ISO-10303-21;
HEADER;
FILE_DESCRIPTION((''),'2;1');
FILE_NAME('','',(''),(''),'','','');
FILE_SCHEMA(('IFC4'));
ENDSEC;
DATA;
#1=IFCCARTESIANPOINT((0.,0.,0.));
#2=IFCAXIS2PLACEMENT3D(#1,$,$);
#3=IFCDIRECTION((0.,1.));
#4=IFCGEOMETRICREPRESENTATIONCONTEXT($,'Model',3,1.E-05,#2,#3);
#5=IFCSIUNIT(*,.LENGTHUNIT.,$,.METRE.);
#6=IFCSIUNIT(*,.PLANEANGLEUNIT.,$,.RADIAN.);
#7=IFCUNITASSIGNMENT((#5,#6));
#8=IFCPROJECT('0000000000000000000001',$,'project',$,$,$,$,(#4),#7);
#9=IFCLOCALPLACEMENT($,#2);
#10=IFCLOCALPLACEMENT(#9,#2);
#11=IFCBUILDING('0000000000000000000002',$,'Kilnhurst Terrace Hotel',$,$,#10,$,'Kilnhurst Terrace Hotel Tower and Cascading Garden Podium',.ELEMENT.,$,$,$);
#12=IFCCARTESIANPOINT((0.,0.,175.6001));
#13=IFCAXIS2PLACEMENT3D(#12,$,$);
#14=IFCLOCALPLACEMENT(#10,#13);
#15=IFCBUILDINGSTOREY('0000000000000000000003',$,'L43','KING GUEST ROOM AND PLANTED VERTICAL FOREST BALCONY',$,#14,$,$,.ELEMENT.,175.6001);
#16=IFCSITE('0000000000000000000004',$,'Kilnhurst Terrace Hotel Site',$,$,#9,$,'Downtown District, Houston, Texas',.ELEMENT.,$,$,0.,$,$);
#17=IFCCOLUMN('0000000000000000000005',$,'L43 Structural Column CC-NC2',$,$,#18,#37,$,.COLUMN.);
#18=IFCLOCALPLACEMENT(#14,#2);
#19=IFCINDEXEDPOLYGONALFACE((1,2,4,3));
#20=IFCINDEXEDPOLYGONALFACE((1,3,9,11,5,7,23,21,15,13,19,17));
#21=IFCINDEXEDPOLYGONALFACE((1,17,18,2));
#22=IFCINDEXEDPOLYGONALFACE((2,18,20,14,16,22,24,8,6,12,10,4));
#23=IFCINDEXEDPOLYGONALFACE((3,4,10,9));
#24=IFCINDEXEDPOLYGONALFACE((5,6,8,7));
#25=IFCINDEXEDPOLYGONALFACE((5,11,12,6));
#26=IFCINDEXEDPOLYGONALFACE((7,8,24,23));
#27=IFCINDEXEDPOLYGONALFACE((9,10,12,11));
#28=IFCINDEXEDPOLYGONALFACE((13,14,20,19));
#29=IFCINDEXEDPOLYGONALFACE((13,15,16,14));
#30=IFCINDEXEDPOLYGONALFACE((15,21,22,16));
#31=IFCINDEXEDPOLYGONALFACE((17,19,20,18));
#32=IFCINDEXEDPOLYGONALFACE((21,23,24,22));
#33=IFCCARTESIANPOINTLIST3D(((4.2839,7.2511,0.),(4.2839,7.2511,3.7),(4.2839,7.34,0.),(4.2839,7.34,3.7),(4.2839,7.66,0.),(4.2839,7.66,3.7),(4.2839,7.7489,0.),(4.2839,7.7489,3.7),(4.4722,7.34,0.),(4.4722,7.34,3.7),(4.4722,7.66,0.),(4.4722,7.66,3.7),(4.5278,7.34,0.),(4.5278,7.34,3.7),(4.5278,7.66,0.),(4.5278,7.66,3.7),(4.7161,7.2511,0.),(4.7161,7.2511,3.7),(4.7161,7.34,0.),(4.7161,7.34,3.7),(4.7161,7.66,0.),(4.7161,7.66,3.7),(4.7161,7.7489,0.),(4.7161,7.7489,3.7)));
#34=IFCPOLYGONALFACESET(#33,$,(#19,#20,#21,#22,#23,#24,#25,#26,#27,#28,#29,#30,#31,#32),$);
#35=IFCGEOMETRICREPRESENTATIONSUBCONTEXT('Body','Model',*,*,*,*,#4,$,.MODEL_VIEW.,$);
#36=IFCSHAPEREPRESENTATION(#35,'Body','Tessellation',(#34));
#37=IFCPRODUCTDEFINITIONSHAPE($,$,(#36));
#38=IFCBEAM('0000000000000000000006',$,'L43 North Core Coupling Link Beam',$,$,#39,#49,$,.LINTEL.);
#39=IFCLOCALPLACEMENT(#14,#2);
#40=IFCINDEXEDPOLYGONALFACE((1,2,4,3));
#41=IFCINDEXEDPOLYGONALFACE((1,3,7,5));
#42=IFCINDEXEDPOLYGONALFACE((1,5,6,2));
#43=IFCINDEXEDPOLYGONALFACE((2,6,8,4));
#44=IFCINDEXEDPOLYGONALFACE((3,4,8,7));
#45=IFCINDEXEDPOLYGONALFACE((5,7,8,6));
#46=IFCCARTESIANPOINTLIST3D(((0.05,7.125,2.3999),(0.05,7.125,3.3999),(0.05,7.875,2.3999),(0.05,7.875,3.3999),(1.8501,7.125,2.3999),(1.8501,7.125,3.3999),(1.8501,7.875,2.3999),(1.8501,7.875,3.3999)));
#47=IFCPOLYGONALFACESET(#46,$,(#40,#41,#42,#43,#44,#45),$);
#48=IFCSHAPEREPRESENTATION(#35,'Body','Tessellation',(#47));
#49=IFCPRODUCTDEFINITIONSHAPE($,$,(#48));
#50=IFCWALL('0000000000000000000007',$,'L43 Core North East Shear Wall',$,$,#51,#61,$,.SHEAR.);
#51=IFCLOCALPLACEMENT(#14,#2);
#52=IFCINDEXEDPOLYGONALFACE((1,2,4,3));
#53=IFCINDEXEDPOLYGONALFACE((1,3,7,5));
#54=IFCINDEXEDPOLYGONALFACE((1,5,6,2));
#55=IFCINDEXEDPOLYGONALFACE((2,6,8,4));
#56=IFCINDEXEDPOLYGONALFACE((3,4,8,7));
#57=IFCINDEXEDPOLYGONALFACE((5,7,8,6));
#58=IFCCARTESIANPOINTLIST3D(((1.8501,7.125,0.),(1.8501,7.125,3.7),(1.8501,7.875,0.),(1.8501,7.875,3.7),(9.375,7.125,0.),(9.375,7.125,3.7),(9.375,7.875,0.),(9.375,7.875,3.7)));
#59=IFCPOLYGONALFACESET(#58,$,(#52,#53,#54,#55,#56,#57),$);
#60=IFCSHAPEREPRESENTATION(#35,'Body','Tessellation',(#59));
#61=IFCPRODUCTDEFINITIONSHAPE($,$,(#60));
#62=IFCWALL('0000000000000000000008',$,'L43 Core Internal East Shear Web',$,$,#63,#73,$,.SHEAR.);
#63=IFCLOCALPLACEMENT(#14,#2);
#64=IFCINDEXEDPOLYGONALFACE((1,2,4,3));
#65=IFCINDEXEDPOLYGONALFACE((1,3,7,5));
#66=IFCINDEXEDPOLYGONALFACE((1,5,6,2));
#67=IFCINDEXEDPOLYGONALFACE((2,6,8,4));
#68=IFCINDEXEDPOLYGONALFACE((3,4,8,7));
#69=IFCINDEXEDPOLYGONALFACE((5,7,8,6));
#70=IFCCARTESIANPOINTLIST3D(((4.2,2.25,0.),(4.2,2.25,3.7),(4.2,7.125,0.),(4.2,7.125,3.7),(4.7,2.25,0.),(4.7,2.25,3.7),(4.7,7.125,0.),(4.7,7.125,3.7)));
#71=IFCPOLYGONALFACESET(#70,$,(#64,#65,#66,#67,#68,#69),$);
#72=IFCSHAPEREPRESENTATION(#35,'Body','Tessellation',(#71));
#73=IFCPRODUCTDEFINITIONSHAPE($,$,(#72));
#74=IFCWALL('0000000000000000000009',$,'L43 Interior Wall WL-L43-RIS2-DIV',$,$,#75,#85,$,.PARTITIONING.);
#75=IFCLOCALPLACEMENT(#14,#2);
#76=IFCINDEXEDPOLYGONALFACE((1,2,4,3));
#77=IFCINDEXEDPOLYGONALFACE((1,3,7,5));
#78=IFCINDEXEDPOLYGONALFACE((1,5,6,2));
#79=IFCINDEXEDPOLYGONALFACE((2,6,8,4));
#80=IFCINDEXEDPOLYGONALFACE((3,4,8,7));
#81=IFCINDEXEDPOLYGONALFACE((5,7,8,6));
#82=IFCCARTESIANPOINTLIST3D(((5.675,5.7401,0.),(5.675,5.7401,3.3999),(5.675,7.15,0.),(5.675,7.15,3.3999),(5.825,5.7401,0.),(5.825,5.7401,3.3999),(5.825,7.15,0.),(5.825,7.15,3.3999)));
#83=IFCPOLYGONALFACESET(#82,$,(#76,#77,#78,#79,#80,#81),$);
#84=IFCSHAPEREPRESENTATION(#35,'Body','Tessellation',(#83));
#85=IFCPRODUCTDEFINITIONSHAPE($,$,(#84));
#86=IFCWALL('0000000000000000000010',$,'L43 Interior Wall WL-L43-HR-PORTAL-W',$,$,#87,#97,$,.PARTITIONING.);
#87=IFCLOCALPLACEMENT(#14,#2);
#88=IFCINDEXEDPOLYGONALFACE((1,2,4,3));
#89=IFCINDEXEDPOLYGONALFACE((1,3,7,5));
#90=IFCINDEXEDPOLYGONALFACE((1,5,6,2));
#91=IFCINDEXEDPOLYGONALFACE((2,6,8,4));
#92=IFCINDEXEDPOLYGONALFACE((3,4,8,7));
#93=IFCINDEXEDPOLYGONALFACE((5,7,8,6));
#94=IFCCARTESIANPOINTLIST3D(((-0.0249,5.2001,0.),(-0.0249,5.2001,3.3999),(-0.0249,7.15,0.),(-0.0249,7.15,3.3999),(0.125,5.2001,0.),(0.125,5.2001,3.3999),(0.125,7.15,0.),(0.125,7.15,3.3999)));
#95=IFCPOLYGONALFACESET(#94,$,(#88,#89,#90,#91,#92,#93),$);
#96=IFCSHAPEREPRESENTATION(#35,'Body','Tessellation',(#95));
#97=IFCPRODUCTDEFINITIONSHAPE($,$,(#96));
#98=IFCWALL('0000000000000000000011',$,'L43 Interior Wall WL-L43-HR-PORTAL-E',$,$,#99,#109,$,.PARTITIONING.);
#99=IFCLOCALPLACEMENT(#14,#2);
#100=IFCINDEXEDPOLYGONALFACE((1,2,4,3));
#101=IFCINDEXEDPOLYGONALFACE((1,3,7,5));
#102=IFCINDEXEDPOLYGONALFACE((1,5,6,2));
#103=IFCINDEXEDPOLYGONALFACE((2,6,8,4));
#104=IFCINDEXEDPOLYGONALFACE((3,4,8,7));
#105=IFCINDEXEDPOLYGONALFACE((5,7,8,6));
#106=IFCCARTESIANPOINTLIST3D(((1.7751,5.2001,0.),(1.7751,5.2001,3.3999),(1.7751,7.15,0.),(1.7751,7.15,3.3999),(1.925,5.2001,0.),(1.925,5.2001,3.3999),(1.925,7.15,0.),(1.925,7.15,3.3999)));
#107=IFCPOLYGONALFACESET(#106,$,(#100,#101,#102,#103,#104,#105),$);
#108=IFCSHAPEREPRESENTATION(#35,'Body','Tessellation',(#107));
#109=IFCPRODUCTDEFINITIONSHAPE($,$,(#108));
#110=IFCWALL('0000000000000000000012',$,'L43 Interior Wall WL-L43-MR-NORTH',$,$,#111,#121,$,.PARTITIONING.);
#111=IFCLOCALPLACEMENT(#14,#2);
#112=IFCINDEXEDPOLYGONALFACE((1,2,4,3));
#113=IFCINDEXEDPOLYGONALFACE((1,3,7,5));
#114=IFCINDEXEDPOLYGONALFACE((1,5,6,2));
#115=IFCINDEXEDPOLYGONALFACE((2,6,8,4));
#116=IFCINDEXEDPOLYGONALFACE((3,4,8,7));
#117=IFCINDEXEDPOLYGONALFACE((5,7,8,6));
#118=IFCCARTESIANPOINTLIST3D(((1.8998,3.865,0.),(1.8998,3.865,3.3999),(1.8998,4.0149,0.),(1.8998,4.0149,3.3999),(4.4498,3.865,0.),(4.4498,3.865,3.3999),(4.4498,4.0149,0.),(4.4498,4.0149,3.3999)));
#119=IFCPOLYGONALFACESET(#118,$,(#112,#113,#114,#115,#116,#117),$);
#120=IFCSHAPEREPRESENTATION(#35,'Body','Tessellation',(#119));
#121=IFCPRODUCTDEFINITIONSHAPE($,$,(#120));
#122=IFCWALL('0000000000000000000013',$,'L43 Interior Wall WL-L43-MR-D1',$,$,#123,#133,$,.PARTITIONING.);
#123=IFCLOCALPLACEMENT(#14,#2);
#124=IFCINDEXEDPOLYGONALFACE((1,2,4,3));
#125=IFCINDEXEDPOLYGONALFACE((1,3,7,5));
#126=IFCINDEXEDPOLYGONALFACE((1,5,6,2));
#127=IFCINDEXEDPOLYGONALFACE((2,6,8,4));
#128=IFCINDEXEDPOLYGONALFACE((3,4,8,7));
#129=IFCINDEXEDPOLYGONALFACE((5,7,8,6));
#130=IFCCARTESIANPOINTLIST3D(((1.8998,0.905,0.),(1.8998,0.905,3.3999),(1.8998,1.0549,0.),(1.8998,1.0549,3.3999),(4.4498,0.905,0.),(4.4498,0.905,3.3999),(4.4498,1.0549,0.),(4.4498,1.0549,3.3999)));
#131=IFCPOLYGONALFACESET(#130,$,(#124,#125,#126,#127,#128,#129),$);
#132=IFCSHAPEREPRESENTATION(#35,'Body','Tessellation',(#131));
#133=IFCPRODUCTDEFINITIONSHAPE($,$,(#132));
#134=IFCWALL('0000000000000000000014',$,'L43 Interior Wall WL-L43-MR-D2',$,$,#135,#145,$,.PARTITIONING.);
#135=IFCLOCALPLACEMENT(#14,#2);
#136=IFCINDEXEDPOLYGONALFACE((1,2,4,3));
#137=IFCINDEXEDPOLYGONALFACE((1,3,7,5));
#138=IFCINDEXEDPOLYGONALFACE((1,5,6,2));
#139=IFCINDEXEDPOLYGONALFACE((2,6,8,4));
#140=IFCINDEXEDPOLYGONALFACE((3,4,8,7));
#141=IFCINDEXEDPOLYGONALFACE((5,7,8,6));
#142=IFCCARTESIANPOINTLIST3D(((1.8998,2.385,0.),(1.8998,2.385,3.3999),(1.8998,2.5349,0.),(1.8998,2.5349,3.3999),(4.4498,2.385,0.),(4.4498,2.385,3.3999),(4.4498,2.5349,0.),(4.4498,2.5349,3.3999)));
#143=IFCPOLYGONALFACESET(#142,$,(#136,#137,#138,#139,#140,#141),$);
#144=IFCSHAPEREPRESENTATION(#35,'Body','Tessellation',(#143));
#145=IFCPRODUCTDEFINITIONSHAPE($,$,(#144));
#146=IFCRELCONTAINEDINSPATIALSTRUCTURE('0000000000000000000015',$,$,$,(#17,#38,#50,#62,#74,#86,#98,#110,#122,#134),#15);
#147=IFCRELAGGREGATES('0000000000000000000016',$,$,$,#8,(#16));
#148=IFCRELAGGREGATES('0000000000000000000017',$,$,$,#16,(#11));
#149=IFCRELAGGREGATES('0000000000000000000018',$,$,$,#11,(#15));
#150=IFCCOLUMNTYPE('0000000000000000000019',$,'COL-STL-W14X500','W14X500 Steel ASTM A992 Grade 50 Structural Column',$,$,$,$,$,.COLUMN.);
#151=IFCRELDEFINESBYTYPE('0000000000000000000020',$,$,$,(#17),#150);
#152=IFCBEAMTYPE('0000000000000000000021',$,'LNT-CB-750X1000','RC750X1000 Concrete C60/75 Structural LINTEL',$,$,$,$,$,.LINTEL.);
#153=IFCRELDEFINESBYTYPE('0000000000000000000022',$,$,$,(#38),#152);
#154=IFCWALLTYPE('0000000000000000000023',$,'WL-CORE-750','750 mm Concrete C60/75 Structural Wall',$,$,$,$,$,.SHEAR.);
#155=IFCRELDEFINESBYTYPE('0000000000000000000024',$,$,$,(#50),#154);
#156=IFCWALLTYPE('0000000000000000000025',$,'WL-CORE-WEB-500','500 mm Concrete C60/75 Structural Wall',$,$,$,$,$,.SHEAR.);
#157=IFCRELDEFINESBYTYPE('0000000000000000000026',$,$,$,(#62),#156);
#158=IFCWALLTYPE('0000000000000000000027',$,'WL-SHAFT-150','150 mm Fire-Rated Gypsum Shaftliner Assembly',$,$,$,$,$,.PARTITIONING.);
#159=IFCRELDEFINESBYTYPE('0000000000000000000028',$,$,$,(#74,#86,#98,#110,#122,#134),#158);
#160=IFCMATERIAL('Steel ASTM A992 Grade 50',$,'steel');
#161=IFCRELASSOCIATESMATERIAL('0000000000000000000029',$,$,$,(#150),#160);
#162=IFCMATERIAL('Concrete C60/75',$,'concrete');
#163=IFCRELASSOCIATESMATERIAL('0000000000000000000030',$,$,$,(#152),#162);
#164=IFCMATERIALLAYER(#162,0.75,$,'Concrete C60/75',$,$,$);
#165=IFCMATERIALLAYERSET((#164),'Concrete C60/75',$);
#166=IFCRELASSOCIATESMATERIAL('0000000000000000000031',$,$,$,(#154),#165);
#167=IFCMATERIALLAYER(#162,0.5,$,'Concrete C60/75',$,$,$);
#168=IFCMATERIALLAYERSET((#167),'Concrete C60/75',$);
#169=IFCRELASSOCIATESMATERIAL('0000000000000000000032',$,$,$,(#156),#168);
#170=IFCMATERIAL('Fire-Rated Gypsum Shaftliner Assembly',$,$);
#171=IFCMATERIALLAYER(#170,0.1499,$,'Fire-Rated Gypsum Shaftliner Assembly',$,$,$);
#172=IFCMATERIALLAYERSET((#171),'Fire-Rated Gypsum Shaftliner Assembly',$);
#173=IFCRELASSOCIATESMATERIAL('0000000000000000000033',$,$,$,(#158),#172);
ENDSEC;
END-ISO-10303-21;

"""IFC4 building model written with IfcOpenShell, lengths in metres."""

from ifc_helpers import new_model, si_unit, direction, frame, frame_2d, origin, origin_2d, place, context, subcontext, project, spatial, rectangle, i_section, extrude, material, layer, layer_set, material_profile, profile_set, type_object, element, save


model = new_model("IFC4")

# Units and contexts
model_context = context("Model", 3, precision=1e-05, world=origin(), true_north=direction((0.0, 1.0)))
body_context = subcontext(model_context, "Body", "Model", "MODEL_VIEW")
ifc_project = project(units=[si_unit("LENGTHUNIT", "METRE"), si_unit("PLANEANGLEUNIT", "RADIAN")], contexts=[model_context])

# Site, building, storey
site_placement = place(None, origin())
site = spatial("IfcSite", under=ifc_project, at=site_placement, Name="Kilnhurst Terrace Hotel Site", LongName="Downtown District, Houston, Texas", CompositionType="ELEMENT", RefElevation=0.0)
building_placement = place(site_placement, origin())
building = spatial("IfcBuilding", under=site, at=building_placement, Name="Kilnhurst Terrace Hotel", LongName="Kilnhurst Terrace Hotel Tower and Cascading Garden Podium", CompositionType="ELEMENT")
storey_placement = place(building_placement, frame((0.0, 0.0, 175.6001)))
storey = spatial("IfcBuildingStorey", under=building, at=storey_placement, Name="L43", Description="KING GUEST ROOM AND PLANTED VERTICAL FOREST BALCONY", CompositionType="ELEMENT", Elevation=175.6001)

# Column
ifc_material_1 = material(Name="Steel ASTM A992 Grade 50", Category="steel")
ifc_material_profile_1 = material_profile(ifc_material_1, i_section(OverallWidth=0.4321, OverallDepth=0.4978, WebThickness=0.0557, FlangeThickness=0.0889, at=origin_2d()), Name="W14X500")
ifc_profile_set_1 = profile_set([ifc_material_profile_1], Name="Steel ASTM A992 Grade 50")
column_type = type_object("IfcColumnType", Name="COL-STL-W14X500", Description="W14X500 Steel ASTM A992 Grade 50 Structural Column", PredefinedType="COLUMN", material=ifc_profile_set_1)
column_placement = place(storey_placement, frame((4.5, 7.5, 0.0), z_axis=(0.0, 0.0, 1.0), x_axis=(1.0, 0.0, 0.0)))
element("IfcColumn", 1, at=column_placement, inside=storey, type_object=column_type, Name="L43 Structural Column CC-NC2", PredefinedType="COLUMN", context=body_context, shape_type="SweptSolid", body=[
    extrude(i_section(OverallWidth=0.4321, OverallDepth=0.4978, WebThickness=0.0557, FlangeThickness=0.0889, at=origin_2d()), origin(), (0.0, 0.0, 1.0), 3.7),
])

# Beam
ifc_material_2 = material(Name="Concrete C60/75", Category="concrete")
ifc_material_profile_2 = material_profile(ifc_material_2, rectangle(XDim=0.75, YDim=1.0, at=origin_2d()), Name="RC750X1000")
ifc_profile_set_2 = profile_set([ifc_material_profile_2], Name="Concrete C60/75")
beam_type = type_object("IfcBeamType", Name="LNT-CB-750X1000", Description="RC750X1000 Concrete C60/75 Structural LINTEL", PredefinedType="LINTEL", material=ifc_profile_set_2)
beam_placement = place(storey_placement, frame((0.05, 7.5, 2.8999), z_axis=(1.0, 0.0, 0.0), x_axis=(0.0, 1.0, 0.0)))
element("IfcBeam", 2, at=beam_placement, inside=storey, type_object=beam_type, Name="L43 North Core Coupling Link Beam", PredefinedType="LINTEL", context=body_context, shape_type="SweptSolid", body=[
    extrude(rectangle(XDim=0.75, YDim=1.0, at=origin_2d()), origin(), (0.0, 0.0, 1.0), 1.8),
])

# Walls
ifc_layer_1 = layer(ifc_material_2, 0.75, Name="Concrete C60/75")
ifc_layer_set_1 = layer_set([ifc_layer_1], Name="Concrete C60/75")
wall_type_1 = type_object("IfcWallType", Name="WL-CORE-750", Description="750 mm Concrete C60/75 Structural Wall", PredefinedType="SHEAR", material=ifc_layer_set_1)
wall_1_placement = place(storey_placement, frame((1.8501, 7.5, 0.0), z_axis=(0.0, 0.0, 1.0), x_axis=(1.0, 0.0, 0.0)))
element("IfcWall", 3, at=wall_1_placement, inside=storey, type_object=wall_type_1, Name="L43 Core North East Shear Wall", PredefinedType="SHEAR", context=body_context, shape_type="SweptSolid", body=[
    extrude(rectangle(XDim=7.5249, YDim=0.75, at=frame_2d((3.7625, 0.0))), origin(), (0.0, 0.0, 1.0), 3.7),
])
ifc_layer_2 = layer(ifc_material_2, 0.5, Name="Concrete C60/75")
ifc_layer_set_2 = layer_set([ifc_layer_2], Name="Concrete C60/75")
wall_type_2 = type_object("IfcWallType", Name="WL-CORE-WEB-500", Description="500 mm Concrete C60/75 Structural Wall", PredefinedType="SHEAR", material=ifc_layer_set_2)
wall_2_placement = place(storey_placement, frame((4.45, 2.25, 0.0), z_axis=(0.0, 0.0, 1.0), x_axis=(0.0, 1.0, 0.0)))
element("IfcWall", 4, at=wall_2_placement, inside=storey, type_object=wall_type_2, Name="L43 Core Internal East Shear Web", PredefinedType="SHEAR", context=body_context, shape_type="SweptSolid", body=[
    extrude(rectangle(XDim=4.875, YDim=0.5, at=frame_2d((2.4375, 0.0))), origin(), (0.0, 0.0, 1.0), 3.7),
])
ifc_material_3 = material(Name="Fire-Rated Gypsum Shaftliner Assembly")
ifc_layer_3 = layer(ifc_material_3, 0.1499, Name="Fire-Rated Gypsum Shaftliner Assembly")
ifc_layer_set_3 = layer_set([ifc_layer_3], Name="Fire-Rated Gypsum Shaftliner Assembly")
wall_type_3 = type_object("IfcWallType", Name="WL-SHAFT-150", Description="150 mm Fire-Rated Gypsum Shaftliner Assembly", PredefinedType="PARTITIONING", material=ifc_layer_set_3)
wall_3_placement = place(storey_placement, frame((5.75, 5.74, 0.0), z_axis=(0.0, 0.0, 1.0), x_axis=(0.0, 1.0, 0.0)))
element("IfcWall", 5, at=wall_3_placement, inside=storey, type_object=wall_type_3, Name="L43 Interior Wall WL-L43-RIS2-DIV", PredefinedType="PARTITIONING", context=body_context, shape_type="SweptSolid", body=[
    extrude(rectangle(XDim=1.4099, YDim=0.1499, at=frame_2d((0.7051, 0.0))), origin(), (0.0, 0.0, 1.0), 3.3999),
])
for number, where, z_axis, x_axis, name in (
    (6, (0.05, 5.2, 0.0), (0.0, 0.0, 1.0), (0.0, 1.0, 0.0), "L43 Interior Wall WL-L43-HR-PORTAL-W"),
    (7, (1.8501, 5.2, 0.0), (0.0, 0.0, 1.0), (0.0, 1.0, 0.0), "L43 Interior Wall WL-L43-HR-PORTAL-E"),
):
    element("IfcWall", number, at=place(storey_placement, frame(where, z_axis=z_axis, x_axis=x_axis)), inside=storey, type_object=wall_type_3, Name=name, PredefinedType="PARTITIONING", context=body_context, shape_type="SweptSolid", body=[
        extrude(rectangle(XDim=1.95, YDim=0.1499, at=frame_2d((0.9751, 0.0))), origin(), (0.0, 0.0, 1.0), 3.3999),
    ])
for number, where, z_axis, x_axis, name in (
    (8, (1.8999, 3.9399, 0.0), (0.0, 0.0, 1.0), (1.0, 0.0, 0.0), "L43 Interior Wall WL-L43-MR-NORTH"),
    (9, (1.8999, 0.98, 0.0), (0.0, 0.0, 1.0), (1.0, 0.0, 0.0), "L43 Interior Wall WL-L43-MR-D1"),
    (10, (1.8999, 2.46, 0.0), (0.0, 0.0, 1.0), (1.0, 0.0, 0.0), "L43 Interior Wall WL-L43-MR-D2"),
):
    element("IfcWall", number, at=place(storey_placement, frame(where, z_axis=z_axis, x_axis=x_axis)), inside=storey, type_object=wall_type_3, Name=name, PredefinedType="PARTITIONING", context=body_context, shape_type="SweptSolid", body=[
        extrude(rectangle(XDim=2.55, YDim=0.1499, at=frame_2d((1.2749, 0.0))), origin(), (0.0, 0.0, 1.0), 3.3999),
    ])

save(model, "model.ifc")
